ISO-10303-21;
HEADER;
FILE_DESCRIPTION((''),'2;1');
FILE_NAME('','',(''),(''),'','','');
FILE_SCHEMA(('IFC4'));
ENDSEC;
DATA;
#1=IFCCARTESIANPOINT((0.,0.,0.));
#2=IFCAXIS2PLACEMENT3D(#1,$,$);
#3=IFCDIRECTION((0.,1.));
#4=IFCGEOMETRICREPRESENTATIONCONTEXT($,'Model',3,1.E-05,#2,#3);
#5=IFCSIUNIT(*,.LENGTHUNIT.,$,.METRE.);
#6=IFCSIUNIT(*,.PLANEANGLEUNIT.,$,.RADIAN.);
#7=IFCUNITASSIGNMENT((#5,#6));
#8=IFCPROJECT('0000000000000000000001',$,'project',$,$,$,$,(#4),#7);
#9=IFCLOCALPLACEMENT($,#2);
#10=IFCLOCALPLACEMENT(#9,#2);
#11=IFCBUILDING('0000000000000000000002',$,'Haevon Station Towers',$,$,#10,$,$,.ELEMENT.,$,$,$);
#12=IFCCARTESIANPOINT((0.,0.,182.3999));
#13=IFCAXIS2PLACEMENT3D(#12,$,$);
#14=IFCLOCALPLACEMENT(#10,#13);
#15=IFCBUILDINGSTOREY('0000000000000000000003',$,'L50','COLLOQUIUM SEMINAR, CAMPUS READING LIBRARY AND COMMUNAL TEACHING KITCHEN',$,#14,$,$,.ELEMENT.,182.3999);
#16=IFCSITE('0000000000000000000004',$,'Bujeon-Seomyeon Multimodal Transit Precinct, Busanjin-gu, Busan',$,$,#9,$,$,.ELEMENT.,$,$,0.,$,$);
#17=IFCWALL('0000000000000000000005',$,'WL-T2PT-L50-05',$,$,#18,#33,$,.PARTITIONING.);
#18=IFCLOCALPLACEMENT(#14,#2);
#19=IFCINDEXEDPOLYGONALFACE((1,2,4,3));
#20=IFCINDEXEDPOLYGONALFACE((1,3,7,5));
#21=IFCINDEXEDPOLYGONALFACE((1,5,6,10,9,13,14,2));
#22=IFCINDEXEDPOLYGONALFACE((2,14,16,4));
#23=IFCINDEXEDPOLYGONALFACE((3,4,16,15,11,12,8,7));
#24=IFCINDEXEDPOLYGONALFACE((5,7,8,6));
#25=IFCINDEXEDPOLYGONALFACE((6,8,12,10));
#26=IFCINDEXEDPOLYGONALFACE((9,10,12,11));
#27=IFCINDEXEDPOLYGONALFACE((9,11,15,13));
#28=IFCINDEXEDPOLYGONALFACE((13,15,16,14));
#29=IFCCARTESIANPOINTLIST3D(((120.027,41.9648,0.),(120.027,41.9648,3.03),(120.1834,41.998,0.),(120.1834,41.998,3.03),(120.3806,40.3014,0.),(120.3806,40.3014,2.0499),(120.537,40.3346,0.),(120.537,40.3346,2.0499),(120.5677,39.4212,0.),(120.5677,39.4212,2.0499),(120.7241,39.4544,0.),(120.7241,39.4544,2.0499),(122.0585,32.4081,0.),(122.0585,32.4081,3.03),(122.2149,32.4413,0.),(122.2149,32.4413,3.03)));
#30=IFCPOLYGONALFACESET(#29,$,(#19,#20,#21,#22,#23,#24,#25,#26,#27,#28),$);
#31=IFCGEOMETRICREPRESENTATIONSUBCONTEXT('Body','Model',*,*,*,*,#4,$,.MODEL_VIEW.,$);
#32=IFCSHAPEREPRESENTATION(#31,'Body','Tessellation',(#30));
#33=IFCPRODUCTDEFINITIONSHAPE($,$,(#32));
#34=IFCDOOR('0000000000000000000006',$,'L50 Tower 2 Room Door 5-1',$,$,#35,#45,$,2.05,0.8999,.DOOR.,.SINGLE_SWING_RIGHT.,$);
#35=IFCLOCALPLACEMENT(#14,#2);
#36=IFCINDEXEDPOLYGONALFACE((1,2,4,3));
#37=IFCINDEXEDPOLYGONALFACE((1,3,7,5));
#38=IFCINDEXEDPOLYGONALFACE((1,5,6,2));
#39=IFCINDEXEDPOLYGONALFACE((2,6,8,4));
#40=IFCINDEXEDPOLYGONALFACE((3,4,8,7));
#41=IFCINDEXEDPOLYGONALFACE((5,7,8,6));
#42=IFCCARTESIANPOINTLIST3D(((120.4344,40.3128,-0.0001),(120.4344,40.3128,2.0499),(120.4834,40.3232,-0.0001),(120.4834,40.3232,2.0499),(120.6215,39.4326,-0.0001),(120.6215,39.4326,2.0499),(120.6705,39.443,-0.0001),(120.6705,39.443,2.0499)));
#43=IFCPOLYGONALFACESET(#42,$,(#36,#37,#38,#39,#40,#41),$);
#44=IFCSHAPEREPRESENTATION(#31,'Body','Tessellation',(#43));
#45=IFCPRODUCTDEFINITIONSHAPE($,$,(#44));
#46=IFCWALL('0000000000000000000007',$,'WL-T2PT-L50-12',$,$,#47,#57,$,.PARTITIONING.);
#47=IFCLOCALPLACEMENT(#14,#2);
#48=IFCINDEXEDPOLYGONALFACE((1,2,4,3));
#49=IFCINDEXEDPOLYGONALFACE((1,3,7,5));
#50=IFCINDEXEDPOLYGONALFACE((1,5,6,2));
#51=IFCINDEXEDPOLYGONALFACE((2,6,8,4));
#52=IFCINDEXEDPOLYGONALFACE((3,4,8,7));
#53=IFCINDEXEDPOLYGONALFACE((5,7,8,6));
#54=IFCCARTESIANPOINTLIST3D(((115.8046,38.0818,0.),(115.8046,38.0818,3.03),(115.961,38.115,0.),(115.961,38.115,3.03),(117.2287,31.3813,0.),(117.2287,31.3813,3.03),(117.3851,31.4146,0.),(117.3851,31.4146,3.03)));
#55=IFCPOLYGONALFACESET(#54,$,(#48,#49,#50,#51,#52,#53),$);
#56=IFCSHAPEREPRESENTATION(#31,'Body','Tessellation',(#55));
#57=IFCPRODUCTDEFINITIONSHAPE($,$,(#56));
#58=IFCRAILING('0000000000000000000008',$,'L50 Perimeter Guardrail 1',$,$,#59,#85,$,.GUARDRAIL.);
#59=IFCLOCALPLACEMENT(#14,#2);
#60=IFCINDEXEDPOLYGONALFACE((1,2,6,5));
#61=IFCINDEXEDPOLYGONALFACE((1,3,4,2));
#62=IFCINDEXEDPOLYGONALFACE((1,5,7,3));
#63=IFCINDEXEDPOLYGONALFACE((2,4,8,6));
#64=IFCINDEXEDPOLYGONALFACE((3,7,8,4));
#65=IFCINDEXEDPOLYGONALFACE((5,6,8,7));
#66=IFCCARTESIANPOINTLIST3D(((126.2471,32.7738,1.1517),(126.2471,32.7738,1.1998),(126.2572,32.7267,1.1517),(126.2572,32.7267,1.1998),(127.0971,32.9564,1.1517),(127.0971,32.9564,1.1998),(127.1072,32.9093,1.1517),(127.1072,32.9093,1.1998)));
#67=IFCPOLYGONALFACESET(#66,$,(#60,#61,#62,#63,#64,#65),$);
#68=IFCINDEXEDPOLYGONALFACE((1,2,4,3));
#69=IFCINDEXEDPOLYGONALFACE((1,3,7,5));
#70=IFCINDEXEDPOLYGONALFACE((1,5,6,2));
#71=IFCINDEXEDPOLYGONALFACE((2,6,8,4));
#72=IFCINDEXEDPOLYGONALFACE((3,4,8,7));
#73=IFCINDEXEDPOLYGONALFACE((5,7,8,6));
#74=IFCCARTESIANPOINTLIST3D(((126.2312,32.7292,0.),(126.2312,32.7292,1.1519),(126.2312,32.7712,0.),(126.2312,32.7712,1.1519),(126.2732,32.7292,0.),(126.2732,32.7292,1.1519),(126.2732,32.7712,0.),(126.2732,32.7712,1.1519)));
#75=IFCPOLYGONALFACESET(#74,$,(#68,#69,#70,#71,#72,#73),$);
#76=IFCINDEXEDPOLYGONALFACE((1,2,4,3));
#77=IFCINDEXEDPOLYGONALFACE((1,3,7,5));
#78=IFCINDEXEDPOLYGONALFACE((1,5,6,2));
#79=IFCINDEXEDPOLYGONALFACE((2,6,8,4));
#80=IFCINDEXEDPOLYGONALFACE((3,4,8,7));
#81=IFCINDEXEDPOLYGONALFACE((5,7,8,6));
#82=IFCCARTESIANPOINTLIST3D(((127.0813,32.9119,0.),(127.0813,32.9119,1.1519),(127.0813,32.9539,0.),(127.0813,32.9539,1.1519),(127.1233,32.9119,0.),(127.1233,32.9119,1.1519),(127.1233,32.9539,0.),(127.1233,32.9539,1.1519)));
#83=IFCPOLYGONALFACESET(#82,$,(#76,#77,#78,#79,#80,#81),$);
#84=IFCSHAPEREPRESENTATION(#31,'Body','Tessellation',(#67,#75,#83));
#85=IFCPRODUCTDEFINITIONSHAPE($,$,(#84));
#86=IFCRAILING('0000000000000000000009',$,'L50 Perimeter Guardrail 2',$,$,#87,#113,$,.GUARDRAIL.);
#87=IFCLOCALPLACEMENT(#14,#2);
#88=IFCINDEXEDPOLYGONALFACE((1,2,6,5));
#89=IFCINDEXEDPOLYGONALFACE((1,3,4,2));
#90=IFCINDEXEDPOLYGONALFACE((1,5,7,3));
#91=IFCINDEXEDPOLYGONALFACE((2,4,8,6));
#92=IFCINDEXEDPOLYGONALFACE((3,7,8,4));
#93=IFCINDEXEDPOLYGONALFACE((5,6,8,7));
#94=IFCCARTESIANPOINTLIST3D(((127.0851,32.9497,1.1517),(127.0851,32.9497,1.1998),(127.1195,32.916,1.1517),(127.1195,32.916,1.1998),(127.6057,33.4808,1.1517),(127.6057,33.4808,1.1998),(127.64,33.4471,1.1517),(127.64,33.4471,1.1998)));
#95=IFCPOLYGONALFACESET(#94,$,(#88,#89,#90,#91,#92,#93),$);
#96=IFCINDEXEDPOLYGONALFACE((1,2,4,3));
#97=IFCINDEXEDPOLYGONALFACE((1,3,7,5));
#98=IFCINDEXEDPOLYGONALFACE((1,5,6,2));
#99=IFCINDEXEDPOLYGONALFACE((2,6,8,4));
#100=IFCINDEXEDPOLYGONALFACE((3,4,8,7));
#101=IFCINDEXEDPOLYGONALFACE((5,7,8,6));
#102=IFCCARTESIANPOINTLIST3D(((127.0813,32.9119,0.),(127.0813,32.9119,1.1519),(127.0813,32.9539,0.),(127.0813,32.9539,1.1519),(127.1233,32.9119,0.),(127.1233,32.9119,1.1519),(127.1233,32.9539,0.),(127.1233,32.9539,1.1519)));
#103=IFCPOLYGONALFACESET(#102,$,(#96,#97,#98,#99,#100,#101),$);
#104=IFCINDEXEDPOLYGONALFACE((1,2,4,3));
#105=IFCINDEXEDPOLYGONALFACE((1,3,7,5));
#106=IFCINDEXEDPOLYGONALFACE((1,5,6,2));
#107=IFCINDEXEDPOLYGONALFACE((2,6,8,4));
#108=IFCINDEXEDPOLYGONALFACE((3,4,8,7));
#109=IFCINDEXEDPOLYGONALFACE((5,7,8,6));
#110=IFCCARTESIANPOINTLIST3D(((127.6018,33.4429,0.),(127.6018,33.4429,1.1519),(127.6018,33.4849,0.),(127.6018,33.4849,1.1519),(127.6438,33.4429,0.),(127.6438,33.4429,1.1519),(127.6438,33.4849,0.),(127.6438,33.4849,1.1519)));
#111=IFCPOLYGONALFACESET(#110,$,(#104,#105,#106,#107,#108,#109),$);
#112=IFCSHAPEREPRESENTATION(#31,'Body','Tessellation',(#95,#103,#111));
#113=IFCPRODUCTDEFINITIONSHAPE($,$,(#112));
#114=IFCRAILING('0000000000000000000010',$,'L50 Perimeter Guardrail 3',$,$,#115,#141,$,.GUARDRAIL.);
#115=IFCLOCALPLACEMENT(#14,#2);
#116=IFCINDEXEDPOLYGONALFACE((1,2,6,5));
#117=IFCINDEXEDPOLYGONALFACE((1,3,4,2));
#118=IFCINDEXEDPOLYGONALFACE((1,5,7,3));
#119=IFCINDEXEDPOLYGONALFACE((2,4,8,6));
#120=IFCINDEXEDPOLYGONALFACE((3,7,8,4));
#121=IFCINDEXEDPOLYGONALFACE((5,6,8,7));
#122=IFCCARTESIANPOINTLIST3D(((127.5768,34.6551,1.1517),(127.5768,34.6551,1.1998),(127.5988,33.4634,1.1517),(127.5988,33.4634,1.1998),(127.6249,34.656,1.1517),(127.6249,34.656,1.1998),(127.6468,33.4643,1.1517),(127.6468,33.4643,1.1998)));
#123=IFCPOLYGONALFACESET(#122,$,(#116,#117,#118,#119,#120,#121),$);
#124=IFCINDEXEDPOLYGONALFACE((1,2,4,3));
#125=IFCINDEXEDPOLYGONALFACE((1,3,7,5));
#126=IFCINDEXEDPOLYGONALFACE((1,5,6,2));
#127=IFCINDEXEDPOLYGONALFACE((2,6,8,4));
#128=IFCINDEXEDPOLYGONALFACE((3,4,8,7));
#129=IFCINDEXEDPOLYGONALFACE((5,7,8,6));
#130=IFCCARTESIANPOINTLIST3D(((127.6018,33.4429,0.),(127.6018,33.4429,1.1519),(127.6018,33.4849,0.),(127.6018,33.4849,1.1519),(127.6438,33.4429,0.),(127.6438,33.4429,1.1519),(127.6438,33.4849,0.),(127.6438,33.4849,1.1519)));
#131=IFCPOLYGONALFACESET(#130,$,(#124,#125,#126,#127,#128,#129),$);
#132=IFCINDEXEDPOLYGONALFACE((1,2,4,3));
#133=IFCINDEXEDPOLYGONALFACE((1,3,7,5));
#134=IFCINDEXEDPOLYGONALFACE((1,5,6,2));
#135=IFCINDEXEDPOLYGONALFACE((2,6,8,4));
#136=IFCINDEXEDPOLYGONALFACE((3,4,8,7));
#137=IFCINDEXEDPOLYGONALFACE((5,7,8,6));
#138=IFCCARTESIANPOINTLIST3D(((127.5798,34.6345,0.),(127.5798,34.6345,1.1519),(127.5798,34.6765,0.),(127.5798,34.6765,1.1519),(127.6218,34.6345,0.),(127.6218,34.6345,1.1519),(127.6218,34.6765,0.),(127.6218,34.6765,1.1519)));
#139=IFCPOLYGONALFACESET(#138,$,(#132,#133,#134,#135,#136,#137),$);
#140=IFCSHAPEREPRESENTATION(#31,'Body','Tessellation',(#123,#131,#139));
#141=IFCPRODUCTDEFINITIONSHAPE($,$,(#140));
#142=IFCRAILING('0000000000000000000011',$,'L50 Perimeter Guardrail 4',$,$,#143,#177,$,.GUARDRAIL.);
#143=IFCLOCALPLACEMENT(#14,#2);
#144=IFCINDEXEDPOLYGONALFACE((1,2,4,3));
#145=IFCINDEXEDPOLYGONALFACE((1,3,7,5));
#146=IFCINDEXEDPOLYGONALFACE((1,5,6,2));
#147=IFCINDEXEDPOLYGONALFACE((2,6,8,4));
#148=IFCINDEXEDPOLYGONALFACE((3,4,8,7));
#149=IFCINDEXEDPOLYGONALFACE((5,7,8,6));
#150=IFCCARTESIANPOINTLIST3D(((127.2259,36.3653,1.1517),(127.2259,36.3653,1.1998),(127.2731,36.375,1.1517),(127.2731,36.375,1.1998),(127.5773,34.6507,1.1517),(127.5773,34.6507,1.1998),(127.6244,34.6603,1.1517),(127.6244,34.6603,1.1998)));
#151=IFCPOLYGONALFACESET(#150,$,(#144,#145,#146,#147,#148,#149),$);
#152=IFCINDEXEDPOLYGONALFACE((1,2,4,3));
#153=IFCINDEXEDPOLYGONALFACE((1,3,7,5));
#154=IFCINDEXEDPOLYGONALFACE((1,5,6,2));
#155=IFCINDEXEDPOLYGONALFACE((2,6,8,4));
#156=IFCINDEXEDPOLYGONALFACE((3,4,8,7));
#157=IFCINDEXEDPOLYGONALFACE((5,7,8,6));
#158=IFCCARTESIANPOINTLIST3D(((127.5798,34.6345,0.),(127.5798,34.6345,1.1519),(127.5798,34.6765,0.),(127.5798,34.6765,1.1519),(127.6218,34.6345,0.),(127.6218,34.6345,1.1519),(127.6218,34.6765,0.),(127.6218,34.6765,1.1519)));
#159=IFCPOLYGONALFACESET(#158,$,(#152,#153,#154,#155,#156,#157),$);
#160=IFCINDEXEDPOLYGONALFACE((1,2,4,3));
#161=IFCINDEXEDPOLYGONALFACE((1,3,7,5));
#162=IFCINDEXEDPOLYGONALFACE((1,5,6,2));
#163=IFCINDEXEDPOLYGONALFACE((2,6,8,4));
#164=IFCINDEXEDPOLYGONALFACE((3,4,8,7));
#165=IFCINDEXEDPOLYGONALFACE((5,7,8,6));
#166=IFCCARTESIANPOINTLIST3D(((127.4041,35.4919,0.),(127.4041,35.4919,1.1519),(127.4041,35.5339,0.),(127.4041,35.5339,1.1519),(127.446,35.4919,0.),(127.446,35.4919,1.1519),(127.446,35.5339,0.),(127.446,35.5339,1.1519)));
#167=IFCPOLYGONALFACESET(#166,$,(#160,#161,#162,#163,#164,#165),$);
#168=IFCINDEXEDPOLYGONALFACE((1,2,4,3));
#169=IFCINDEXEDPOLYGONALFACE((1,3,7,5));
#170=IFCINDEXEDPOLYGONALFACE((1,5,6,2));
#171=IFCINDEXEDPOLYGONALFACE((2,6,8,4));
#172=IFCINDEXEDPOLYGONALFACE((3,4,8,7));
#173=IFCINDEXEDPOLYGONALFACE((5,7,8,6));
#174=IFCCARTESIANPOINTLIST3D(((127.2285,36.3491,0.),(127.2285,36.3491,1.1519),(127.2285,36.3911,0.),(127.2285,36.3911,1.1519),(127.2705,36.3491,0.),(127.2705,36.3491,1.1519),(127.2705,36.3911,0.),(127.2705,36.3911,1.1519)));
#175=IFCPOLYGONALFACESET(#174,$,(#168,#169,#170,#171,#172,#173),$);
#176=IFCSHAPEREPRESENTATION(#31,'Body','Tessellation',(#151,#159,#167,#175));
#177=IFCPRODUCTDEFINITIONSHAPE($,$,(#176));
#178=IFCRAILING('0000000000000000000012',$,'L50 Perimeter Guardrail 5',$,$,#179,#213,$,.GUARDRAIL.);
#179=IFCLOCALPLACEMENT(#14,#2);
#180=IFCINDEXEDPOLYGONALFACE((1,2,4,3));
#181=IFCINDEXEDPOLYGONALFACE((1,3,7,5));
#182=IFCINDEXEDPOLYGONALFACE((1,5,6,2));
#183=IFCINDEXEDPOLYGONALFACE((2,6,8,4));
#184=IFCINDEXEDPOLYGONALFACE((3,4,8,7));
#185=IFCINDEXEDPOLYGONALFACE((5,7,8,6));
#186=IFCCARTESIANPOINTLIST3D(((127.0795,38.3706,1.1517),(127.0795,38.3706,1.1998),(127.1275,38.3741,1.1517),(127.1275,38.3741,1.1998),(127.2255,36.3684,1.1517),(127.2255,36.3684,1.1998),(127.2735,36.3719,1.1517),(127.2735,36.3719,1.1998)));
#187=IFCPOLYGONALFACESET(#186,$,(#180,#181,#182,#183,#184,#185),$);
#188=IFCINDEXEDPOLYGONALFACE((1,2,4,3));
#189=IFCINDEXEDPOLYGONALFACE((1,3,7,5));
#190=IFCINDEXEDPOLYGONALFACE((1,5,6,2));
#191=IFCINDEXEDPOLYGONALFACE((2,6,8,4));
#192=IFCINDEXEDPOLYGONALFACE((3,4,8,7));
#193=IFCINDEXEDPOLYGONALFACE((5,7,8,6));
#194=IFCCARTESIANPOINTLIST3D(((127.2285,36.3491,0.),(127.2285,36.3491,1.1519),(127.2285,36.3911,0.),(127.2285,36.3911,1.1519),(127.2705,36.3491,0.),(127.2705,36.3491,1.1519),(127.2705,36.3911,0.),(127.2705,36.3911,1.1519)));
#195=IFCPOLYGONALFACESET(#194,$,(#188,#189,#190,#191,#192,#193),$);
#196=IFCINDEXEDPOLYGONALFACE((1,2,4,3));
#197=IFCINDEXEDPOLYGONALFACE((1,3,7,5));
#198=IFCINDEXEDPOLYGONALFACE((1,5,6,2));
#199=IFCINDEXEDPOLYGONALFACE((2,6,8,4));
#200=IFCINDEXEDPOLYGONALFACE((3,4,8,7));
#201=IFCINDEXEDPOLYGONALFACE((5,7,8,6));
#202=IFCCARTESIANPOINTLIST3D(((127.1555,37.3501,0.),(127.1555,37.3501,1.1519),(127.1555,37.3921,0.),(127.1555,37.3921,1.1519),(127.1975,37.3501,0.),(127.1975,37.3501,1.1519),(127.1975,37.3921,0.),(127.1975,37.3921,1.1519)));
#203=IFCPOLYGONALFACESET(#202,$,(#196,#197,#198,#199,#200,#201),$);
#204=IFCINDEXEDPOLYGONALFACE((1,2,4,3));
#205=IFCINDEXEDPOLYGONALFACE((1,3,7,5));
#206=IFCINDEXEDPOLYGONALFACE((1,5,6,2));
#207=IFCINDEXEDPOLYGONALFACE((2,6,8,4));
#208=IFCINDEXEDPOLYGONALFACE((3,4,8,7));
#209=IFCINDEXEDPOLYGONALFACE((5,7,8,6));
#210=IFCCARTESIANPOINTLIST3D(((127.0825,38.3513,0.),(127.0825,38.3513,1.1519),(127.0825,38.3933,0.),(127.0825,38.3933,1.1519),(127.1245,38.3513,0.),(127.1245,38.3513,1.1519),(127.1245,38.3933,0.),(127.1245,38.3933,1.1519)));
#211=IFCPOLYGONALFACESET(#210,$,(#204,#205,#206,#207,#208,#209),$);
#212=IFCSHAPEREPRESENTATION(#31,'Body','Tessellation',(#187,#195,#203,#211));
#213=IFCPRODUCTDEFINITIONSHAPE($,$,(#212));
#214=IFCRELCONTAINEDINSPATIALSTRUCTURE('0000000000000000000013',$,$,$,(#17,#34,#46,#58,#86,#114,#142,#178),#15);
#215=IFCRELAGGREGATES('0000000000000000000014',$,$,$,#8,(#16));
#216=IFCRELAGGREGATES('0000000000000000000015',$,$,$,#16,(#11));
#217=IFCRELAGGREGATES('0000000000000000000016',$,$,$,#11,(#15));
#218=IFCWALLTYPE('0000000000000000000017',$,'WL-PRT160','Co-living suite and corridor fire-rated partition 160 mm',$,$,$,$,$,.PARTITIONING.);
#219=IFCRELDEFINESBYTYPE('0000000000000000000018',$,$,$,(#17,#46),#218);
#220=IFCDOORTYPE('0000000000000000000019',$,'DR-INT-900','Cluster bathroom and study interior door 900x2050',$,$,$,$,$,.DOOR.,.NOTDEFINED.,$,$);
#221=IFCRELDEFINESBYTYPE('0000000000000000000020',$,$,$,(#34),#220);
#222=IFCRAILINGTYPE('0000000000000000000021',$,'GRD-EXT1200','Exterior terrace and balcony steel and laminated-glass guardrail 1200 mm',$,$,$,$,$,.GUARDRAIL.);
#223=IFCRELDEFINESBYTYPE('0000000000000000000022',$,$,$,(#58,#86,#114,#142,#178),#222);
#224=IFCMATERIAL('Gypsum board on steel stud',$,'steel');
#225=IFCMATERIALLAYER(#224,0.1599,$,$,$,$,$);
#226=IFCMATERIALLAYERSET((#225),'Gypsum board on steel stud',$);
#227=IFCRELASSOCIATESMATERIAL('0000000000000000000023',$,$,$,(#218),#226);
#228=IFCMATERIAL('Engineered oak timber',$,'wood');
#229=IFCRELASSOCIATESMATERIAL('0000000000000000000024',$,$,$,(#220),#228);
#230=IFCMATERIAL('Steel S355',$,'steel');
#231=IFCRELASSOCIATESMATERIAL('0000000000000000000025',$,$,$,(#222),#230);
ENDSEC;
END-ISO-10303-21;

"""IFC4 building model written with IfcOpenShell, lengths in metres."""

from ifc_helpers import new_model, si_unit, direction, frame, frame_2d, origin, origin_2d, place, context, subcontext, project, spatial, rectangle, extrude, material, layer, layer_set, type_object, element, fill, save


model = new_model("IFC4")

# Units and contexts
model_context = context("Model", 3, precision=1e-05, world=origin(), true_north=direction((0.0, 1.0)))
body_context = subcontext(model_context, "Body", "Model", "MODEL_VIEW")
ifc_project = project(units=[si_unit("LENGTHUNIT", "METRE"), si_unit("PLANEANGLEUNIT", "RADIAN")], contexts=[model_context])

# Site, building, storey
site_placement = place(None, origin())
site = spatial("IfcSite", under=ifc_project, at=site_placement, Name="Bujeon-Seomyeon Multimodal Transit Precinct, Busanjin-gu, Busan", CompositionType="ELEMENT", RefElevation=0.0)
building_placement = place(site_placement, origin())
building = spatial("IfcBuilding", under=site, at=building_placement, Name="Haevon Station Towers", CompositionType="ELEMENT")
storey_placement = place(building_placement, frame((0.0, 0.0, 182.3999)))
storey = spatial("IfcBuildingStorey", under=building, at=storey_placement, Name="L50", Description="COLLOQUIUM SEMINAR, CAMPUS READING LIBRARY AND COMMUNAL TEACHING KITCHEN", CompositionType="ELEMENT", Elevation=182.3999)

# Shared definitions
ifc_material_1 = material(Name="Steel S355", Category="steel")

# Shared definitions
ifc_material_2 = material(Name="Gypsum board on steel stud", Category="steel")

# Wall, opening, door
ifc_layer_1 = layer(ifc_material_2, 0.1599)
ifc_layer_set_1 = layer_set([ifc_layer_1], Name="Gypsum board on steel stud")
wall_type_1 = type_object("IfcWallType", Name="WL-PRT160", Description="Co-living suite and corridor fire-rated partition 160 mm", PredefinedType="PARTITIONING", material=ifc_layer_set_1)
wall_1_placement = place(storey_placement, frame((122.1367, 32.4246, 0.0), z_axis=(0.0, 0.0, 1.0), x_axis=(-0.207928, 0.978144, 0.0)))
wall_1 = element("IfcWall", 1, at=wall_1_placement, inside=storey, type_object=wall_type_1, Name="WL-T2PT-L50-05", PredefinedType="PARTITIONING", context=body_context, shape_type="SweptSolid", body=[
    extrude(rectangle(XDim=9.7703, YDim=0.1599, at=frame_2d((4.8853, 0.0))), origin(), (0.0, 0.0, 1.0), 3.03),
])
opening_1_placement = place(wall_1_placement, frame((7.1699, 0.0, 0.0)))
opening_1 = element("IfcOpeningElement", 2, at=opening_1_placement, cuts=wall_1, PredefinedType="OPENING", context=body_context, shape_type="SweptSolid", body=[
    extrude(rectangle(XDim=0.8999, YDim=2.05, at=frame_2d((0.45, 1.0249))), frame((0.0, 0.0898, 0.0), z_axis=(0.0, -1.0, 0.0), x_axis=(1.0, 0.0, 0.0)), (0.0, 0.0, 1.0), 0.1799),
])
ifc_material_3 = material(Name="Engineered oak timber", Category="wood")
door_type = type_object("IfcDoorType", Name="DR-INT-900", Description="Cluster bathroom and study interior door 900x2050", OperationType="NOTDEFINED", PredefinedType="DOOR", material=ifc_material_3)
door_placement = place(opening_1_placement, origin())
door = element("IfcDoor", 3, at=door_placement, inside=storey, type_object=door_type, Name="L50 Tower 2 Room Door 5-1", OperationType="SINGLE_SWING_RIGHT", OverallHeight=2.05, OverallWidth=0.8999, PredefinedType="DOOR", context=body_context, shape_type="SweptSolid", body=[
    extrude(rectangle(XDim=0.8999, YDim=2.05, at=frame_2d((0.45, 1.0249))), frame((0.0, 0.0249, 0.0), z_axis=(0.0, -1.0, 0.0), x_axis=(1.0, 0.0, 0.0)), (0.0, 0.0, 1.0), 0.05),
])
fill(opening_1, door)

# Wall
wall_2_placement = place(storey_placement, frame((117.3069, 31.3979, 0.0), z_axis=(0.0, 0.0, 1.0), x_axis=(-0.207891, 0.978152, 0.0)))
element("IfcWall", 4, at=wall_2_placement, inside=storey, type_object=wall_type_1, Name="WL-T2PT-L50-12", PredefinedType="PARTITIONING", context=body_context, shape_type="SweptSolid", body=[
    extrude(rectangle(XDim=6.8501, YDim=0.1599, at=frame_2d((3.425, 0.0))), origin(), (0.0, 0.0, 1.0), 3.03),
])

# Railings
railing_type = type_object("IfcRailingType", Name="GRD-EXT1200", Description="Exterior terrace and balcony steel and laminated-glass guardrail 1200 mm", PredefinedType="GUARDRAIL", material=ifc_material_1)
railing_1_placement = place(storey_placement, frame((126.2522, 32.7502, 0.0)))
element("IfcRailing", 5, at=railing_1_placement, inside=storey, type_object=railing_type, Name="L50 Perimeter Guardrail 1", PredefinedType="GUARDRAIL", context=body_context, shape_type="SweptSolid", body=[
    extrude(rectangle(XDim=0.0481, YDim=0.0481, at=origin_2d()), frame((0.0, 0.0, 1.1758), z_axis=(0.977695, 0.210028, 0.0), x_axis=(-0.210028, 0.977695, 0.0)), (0.0, 0.0, 1.0), 0.8694),
    extrude(rectangle(XDim=0.042, YDim=0.042, at=origin_2d()), origin(), (0.0, 0.0, 1.0), 1.1519),
    extrude(rectangle(XDim=0.042, YDim=0.042, at=origin_2d()), frame((0.8501, 0.1826, 0.0)), (0.0, 0.0, 1.0), 1.1519),
])
railing_2_placement = place(storey_placement, frame((127.1023, 32.9329, 0.0)))
element("IfcRailing", 6, at=railing_2_placement, inside=storey, type_object=railing_type, Name="L50 Perimeter Guardrail 2", PredefinedType="GUARDRAIL", context=body_context, shape_type="SweptSolid", body=[
    extrude(rectangle(XDim=0.0481, YDim=0.0481, at=origin_2d()), frame((0.0, 0.0, 1.1758), z_axis=(0.700012, 0.714131, 0.0), x_axis=(-0.714131, 0.700012, 0.0)), (0.0, 0.0, 1.0), 0.7437),
    extrude(rectangle(XDim=0.042, YDim=0.042, at=origin_2d()), origin(), (0.0, 0.0, 1.0), 1.1519),
    extrude(rectangle(XDim=0.042, YDim=0.042, at=origin_2d()), frame((0.5205, 0.531, 0.0)), (0.0, 0.0, 1.0), 1.1519),
])
railing_3_placement = place(storey_placement, frame((127.6228, 33.4639, 0.0)))
element("IfcRailing", 7, at=railing_3_placement, inside=storey, type_object=railing_type, Name="L50 Perimeter Guardrail 3", PredefinedType="GUARDRAIL", context=body_context, shape_type="SweptSolid", body=[
    extrude(rectangle(XDim=0.0481, YDim=0.0481, at=origin_2d()), frame((0.0, 0.0, 1.1758), z_axis=(-0.018436, 0.99983, 0.0), x_axis=(-0.99983, -0.018436, 0.0)), (0.0, 0.0, 1.0), 1.1919),
    extrude(rectangle(XDim=0.042, YDim=0.042, at=origin_2d()), origin(), (0.0, 0.0, 1.0), 1.1519),
    extrude(rectangle(XDim=0.042, YDim=0.042, at=origin_2d()), frame((-0.022, 1.1917, 0.0)), (0.0, 0.0, 1.0), 1.1519),
])
railing_4_placement = place(storey_placement, frame((127.6008, 34.6555, 0.0)))
element("IfcRailing", 8, at=railing_4_placement, inside=storey, type_object=railing_type, Name="L50 Perimeter Guardrail 4", PredefinedType="GUARDRAIL", context=body_context, shape_type="SweptSolid", body=[
    extrude(rectangle(XDim=0.0481, YDim=0.0481, at=origin_2d()), frame((0.0, 0.0, 1.1758), z_axis=(-0.200728, 0.979647, 0.0), x_axis=(-0.979647, -0.200728, 0.0)), (0.0, 0.0, 1.0), 1.7502),
    extrude(rectangle(XDim=0.042, YDim=0.042, at=origin_2d()), origin(), (0.0, 0.0, 1.0), 1.1519),
    extrude(rectangle(XDim=0.042, YDim=0.042, at=origin_2d()), frame((-0.1758, 0.8574, 0.0)), (0.0, 0.0, 1.0), 1.1519),
    extrude(rectangle(XDim=0.042, YDim=0.042, at=origin_2d()), frame((-0.3513, 1.7146, 0.0)), (0.0, 0.0, 1.0), 1.1519),
])
railing_5_placement = place(storey_placement, frame((127.2495, 36.3701, 0.0)))
element("IfcRailing", 9, at=railing_5_placement, inside=storey, type_object=railing_type, Name="L50 Perimeter Guardrail 5", PredefinedType="GUARDRAIL", context=body_context, shape_type="SweptSolid", body=[
    extrude(rectangle(XDim=0.0481, YDim=0.0481, at=origin_2d()), frame((0.0, 0.0, 1.1758), z_axis=(-0.072725, 0.997352, 0.0), x_axis=(-0.997352, -0.072725, 0.0)), (0.0, 0.0, 1.0), 2.0076),
    extrude(rectangle(XDim=0.042, YDim=0.042, at=origin_2d()), origin(), (0.0, 0.0, 1.0), 1.1519),
    extrude(rectangle(XDim=0.042, YDim=0.042, at=origin_2d()), frame((-0.073, 1.001, 0.0)), (0.0, 0.0, 1.0), 1.1519),
    extrude(rectangle(XDim=0.042, YDim=0.042, at=origin_2d()), frame((-0.146, 2.0022, 0.0)), (0.0, 0.0, 1.0), 1.1519),
])

save(model, "model.ifc")
